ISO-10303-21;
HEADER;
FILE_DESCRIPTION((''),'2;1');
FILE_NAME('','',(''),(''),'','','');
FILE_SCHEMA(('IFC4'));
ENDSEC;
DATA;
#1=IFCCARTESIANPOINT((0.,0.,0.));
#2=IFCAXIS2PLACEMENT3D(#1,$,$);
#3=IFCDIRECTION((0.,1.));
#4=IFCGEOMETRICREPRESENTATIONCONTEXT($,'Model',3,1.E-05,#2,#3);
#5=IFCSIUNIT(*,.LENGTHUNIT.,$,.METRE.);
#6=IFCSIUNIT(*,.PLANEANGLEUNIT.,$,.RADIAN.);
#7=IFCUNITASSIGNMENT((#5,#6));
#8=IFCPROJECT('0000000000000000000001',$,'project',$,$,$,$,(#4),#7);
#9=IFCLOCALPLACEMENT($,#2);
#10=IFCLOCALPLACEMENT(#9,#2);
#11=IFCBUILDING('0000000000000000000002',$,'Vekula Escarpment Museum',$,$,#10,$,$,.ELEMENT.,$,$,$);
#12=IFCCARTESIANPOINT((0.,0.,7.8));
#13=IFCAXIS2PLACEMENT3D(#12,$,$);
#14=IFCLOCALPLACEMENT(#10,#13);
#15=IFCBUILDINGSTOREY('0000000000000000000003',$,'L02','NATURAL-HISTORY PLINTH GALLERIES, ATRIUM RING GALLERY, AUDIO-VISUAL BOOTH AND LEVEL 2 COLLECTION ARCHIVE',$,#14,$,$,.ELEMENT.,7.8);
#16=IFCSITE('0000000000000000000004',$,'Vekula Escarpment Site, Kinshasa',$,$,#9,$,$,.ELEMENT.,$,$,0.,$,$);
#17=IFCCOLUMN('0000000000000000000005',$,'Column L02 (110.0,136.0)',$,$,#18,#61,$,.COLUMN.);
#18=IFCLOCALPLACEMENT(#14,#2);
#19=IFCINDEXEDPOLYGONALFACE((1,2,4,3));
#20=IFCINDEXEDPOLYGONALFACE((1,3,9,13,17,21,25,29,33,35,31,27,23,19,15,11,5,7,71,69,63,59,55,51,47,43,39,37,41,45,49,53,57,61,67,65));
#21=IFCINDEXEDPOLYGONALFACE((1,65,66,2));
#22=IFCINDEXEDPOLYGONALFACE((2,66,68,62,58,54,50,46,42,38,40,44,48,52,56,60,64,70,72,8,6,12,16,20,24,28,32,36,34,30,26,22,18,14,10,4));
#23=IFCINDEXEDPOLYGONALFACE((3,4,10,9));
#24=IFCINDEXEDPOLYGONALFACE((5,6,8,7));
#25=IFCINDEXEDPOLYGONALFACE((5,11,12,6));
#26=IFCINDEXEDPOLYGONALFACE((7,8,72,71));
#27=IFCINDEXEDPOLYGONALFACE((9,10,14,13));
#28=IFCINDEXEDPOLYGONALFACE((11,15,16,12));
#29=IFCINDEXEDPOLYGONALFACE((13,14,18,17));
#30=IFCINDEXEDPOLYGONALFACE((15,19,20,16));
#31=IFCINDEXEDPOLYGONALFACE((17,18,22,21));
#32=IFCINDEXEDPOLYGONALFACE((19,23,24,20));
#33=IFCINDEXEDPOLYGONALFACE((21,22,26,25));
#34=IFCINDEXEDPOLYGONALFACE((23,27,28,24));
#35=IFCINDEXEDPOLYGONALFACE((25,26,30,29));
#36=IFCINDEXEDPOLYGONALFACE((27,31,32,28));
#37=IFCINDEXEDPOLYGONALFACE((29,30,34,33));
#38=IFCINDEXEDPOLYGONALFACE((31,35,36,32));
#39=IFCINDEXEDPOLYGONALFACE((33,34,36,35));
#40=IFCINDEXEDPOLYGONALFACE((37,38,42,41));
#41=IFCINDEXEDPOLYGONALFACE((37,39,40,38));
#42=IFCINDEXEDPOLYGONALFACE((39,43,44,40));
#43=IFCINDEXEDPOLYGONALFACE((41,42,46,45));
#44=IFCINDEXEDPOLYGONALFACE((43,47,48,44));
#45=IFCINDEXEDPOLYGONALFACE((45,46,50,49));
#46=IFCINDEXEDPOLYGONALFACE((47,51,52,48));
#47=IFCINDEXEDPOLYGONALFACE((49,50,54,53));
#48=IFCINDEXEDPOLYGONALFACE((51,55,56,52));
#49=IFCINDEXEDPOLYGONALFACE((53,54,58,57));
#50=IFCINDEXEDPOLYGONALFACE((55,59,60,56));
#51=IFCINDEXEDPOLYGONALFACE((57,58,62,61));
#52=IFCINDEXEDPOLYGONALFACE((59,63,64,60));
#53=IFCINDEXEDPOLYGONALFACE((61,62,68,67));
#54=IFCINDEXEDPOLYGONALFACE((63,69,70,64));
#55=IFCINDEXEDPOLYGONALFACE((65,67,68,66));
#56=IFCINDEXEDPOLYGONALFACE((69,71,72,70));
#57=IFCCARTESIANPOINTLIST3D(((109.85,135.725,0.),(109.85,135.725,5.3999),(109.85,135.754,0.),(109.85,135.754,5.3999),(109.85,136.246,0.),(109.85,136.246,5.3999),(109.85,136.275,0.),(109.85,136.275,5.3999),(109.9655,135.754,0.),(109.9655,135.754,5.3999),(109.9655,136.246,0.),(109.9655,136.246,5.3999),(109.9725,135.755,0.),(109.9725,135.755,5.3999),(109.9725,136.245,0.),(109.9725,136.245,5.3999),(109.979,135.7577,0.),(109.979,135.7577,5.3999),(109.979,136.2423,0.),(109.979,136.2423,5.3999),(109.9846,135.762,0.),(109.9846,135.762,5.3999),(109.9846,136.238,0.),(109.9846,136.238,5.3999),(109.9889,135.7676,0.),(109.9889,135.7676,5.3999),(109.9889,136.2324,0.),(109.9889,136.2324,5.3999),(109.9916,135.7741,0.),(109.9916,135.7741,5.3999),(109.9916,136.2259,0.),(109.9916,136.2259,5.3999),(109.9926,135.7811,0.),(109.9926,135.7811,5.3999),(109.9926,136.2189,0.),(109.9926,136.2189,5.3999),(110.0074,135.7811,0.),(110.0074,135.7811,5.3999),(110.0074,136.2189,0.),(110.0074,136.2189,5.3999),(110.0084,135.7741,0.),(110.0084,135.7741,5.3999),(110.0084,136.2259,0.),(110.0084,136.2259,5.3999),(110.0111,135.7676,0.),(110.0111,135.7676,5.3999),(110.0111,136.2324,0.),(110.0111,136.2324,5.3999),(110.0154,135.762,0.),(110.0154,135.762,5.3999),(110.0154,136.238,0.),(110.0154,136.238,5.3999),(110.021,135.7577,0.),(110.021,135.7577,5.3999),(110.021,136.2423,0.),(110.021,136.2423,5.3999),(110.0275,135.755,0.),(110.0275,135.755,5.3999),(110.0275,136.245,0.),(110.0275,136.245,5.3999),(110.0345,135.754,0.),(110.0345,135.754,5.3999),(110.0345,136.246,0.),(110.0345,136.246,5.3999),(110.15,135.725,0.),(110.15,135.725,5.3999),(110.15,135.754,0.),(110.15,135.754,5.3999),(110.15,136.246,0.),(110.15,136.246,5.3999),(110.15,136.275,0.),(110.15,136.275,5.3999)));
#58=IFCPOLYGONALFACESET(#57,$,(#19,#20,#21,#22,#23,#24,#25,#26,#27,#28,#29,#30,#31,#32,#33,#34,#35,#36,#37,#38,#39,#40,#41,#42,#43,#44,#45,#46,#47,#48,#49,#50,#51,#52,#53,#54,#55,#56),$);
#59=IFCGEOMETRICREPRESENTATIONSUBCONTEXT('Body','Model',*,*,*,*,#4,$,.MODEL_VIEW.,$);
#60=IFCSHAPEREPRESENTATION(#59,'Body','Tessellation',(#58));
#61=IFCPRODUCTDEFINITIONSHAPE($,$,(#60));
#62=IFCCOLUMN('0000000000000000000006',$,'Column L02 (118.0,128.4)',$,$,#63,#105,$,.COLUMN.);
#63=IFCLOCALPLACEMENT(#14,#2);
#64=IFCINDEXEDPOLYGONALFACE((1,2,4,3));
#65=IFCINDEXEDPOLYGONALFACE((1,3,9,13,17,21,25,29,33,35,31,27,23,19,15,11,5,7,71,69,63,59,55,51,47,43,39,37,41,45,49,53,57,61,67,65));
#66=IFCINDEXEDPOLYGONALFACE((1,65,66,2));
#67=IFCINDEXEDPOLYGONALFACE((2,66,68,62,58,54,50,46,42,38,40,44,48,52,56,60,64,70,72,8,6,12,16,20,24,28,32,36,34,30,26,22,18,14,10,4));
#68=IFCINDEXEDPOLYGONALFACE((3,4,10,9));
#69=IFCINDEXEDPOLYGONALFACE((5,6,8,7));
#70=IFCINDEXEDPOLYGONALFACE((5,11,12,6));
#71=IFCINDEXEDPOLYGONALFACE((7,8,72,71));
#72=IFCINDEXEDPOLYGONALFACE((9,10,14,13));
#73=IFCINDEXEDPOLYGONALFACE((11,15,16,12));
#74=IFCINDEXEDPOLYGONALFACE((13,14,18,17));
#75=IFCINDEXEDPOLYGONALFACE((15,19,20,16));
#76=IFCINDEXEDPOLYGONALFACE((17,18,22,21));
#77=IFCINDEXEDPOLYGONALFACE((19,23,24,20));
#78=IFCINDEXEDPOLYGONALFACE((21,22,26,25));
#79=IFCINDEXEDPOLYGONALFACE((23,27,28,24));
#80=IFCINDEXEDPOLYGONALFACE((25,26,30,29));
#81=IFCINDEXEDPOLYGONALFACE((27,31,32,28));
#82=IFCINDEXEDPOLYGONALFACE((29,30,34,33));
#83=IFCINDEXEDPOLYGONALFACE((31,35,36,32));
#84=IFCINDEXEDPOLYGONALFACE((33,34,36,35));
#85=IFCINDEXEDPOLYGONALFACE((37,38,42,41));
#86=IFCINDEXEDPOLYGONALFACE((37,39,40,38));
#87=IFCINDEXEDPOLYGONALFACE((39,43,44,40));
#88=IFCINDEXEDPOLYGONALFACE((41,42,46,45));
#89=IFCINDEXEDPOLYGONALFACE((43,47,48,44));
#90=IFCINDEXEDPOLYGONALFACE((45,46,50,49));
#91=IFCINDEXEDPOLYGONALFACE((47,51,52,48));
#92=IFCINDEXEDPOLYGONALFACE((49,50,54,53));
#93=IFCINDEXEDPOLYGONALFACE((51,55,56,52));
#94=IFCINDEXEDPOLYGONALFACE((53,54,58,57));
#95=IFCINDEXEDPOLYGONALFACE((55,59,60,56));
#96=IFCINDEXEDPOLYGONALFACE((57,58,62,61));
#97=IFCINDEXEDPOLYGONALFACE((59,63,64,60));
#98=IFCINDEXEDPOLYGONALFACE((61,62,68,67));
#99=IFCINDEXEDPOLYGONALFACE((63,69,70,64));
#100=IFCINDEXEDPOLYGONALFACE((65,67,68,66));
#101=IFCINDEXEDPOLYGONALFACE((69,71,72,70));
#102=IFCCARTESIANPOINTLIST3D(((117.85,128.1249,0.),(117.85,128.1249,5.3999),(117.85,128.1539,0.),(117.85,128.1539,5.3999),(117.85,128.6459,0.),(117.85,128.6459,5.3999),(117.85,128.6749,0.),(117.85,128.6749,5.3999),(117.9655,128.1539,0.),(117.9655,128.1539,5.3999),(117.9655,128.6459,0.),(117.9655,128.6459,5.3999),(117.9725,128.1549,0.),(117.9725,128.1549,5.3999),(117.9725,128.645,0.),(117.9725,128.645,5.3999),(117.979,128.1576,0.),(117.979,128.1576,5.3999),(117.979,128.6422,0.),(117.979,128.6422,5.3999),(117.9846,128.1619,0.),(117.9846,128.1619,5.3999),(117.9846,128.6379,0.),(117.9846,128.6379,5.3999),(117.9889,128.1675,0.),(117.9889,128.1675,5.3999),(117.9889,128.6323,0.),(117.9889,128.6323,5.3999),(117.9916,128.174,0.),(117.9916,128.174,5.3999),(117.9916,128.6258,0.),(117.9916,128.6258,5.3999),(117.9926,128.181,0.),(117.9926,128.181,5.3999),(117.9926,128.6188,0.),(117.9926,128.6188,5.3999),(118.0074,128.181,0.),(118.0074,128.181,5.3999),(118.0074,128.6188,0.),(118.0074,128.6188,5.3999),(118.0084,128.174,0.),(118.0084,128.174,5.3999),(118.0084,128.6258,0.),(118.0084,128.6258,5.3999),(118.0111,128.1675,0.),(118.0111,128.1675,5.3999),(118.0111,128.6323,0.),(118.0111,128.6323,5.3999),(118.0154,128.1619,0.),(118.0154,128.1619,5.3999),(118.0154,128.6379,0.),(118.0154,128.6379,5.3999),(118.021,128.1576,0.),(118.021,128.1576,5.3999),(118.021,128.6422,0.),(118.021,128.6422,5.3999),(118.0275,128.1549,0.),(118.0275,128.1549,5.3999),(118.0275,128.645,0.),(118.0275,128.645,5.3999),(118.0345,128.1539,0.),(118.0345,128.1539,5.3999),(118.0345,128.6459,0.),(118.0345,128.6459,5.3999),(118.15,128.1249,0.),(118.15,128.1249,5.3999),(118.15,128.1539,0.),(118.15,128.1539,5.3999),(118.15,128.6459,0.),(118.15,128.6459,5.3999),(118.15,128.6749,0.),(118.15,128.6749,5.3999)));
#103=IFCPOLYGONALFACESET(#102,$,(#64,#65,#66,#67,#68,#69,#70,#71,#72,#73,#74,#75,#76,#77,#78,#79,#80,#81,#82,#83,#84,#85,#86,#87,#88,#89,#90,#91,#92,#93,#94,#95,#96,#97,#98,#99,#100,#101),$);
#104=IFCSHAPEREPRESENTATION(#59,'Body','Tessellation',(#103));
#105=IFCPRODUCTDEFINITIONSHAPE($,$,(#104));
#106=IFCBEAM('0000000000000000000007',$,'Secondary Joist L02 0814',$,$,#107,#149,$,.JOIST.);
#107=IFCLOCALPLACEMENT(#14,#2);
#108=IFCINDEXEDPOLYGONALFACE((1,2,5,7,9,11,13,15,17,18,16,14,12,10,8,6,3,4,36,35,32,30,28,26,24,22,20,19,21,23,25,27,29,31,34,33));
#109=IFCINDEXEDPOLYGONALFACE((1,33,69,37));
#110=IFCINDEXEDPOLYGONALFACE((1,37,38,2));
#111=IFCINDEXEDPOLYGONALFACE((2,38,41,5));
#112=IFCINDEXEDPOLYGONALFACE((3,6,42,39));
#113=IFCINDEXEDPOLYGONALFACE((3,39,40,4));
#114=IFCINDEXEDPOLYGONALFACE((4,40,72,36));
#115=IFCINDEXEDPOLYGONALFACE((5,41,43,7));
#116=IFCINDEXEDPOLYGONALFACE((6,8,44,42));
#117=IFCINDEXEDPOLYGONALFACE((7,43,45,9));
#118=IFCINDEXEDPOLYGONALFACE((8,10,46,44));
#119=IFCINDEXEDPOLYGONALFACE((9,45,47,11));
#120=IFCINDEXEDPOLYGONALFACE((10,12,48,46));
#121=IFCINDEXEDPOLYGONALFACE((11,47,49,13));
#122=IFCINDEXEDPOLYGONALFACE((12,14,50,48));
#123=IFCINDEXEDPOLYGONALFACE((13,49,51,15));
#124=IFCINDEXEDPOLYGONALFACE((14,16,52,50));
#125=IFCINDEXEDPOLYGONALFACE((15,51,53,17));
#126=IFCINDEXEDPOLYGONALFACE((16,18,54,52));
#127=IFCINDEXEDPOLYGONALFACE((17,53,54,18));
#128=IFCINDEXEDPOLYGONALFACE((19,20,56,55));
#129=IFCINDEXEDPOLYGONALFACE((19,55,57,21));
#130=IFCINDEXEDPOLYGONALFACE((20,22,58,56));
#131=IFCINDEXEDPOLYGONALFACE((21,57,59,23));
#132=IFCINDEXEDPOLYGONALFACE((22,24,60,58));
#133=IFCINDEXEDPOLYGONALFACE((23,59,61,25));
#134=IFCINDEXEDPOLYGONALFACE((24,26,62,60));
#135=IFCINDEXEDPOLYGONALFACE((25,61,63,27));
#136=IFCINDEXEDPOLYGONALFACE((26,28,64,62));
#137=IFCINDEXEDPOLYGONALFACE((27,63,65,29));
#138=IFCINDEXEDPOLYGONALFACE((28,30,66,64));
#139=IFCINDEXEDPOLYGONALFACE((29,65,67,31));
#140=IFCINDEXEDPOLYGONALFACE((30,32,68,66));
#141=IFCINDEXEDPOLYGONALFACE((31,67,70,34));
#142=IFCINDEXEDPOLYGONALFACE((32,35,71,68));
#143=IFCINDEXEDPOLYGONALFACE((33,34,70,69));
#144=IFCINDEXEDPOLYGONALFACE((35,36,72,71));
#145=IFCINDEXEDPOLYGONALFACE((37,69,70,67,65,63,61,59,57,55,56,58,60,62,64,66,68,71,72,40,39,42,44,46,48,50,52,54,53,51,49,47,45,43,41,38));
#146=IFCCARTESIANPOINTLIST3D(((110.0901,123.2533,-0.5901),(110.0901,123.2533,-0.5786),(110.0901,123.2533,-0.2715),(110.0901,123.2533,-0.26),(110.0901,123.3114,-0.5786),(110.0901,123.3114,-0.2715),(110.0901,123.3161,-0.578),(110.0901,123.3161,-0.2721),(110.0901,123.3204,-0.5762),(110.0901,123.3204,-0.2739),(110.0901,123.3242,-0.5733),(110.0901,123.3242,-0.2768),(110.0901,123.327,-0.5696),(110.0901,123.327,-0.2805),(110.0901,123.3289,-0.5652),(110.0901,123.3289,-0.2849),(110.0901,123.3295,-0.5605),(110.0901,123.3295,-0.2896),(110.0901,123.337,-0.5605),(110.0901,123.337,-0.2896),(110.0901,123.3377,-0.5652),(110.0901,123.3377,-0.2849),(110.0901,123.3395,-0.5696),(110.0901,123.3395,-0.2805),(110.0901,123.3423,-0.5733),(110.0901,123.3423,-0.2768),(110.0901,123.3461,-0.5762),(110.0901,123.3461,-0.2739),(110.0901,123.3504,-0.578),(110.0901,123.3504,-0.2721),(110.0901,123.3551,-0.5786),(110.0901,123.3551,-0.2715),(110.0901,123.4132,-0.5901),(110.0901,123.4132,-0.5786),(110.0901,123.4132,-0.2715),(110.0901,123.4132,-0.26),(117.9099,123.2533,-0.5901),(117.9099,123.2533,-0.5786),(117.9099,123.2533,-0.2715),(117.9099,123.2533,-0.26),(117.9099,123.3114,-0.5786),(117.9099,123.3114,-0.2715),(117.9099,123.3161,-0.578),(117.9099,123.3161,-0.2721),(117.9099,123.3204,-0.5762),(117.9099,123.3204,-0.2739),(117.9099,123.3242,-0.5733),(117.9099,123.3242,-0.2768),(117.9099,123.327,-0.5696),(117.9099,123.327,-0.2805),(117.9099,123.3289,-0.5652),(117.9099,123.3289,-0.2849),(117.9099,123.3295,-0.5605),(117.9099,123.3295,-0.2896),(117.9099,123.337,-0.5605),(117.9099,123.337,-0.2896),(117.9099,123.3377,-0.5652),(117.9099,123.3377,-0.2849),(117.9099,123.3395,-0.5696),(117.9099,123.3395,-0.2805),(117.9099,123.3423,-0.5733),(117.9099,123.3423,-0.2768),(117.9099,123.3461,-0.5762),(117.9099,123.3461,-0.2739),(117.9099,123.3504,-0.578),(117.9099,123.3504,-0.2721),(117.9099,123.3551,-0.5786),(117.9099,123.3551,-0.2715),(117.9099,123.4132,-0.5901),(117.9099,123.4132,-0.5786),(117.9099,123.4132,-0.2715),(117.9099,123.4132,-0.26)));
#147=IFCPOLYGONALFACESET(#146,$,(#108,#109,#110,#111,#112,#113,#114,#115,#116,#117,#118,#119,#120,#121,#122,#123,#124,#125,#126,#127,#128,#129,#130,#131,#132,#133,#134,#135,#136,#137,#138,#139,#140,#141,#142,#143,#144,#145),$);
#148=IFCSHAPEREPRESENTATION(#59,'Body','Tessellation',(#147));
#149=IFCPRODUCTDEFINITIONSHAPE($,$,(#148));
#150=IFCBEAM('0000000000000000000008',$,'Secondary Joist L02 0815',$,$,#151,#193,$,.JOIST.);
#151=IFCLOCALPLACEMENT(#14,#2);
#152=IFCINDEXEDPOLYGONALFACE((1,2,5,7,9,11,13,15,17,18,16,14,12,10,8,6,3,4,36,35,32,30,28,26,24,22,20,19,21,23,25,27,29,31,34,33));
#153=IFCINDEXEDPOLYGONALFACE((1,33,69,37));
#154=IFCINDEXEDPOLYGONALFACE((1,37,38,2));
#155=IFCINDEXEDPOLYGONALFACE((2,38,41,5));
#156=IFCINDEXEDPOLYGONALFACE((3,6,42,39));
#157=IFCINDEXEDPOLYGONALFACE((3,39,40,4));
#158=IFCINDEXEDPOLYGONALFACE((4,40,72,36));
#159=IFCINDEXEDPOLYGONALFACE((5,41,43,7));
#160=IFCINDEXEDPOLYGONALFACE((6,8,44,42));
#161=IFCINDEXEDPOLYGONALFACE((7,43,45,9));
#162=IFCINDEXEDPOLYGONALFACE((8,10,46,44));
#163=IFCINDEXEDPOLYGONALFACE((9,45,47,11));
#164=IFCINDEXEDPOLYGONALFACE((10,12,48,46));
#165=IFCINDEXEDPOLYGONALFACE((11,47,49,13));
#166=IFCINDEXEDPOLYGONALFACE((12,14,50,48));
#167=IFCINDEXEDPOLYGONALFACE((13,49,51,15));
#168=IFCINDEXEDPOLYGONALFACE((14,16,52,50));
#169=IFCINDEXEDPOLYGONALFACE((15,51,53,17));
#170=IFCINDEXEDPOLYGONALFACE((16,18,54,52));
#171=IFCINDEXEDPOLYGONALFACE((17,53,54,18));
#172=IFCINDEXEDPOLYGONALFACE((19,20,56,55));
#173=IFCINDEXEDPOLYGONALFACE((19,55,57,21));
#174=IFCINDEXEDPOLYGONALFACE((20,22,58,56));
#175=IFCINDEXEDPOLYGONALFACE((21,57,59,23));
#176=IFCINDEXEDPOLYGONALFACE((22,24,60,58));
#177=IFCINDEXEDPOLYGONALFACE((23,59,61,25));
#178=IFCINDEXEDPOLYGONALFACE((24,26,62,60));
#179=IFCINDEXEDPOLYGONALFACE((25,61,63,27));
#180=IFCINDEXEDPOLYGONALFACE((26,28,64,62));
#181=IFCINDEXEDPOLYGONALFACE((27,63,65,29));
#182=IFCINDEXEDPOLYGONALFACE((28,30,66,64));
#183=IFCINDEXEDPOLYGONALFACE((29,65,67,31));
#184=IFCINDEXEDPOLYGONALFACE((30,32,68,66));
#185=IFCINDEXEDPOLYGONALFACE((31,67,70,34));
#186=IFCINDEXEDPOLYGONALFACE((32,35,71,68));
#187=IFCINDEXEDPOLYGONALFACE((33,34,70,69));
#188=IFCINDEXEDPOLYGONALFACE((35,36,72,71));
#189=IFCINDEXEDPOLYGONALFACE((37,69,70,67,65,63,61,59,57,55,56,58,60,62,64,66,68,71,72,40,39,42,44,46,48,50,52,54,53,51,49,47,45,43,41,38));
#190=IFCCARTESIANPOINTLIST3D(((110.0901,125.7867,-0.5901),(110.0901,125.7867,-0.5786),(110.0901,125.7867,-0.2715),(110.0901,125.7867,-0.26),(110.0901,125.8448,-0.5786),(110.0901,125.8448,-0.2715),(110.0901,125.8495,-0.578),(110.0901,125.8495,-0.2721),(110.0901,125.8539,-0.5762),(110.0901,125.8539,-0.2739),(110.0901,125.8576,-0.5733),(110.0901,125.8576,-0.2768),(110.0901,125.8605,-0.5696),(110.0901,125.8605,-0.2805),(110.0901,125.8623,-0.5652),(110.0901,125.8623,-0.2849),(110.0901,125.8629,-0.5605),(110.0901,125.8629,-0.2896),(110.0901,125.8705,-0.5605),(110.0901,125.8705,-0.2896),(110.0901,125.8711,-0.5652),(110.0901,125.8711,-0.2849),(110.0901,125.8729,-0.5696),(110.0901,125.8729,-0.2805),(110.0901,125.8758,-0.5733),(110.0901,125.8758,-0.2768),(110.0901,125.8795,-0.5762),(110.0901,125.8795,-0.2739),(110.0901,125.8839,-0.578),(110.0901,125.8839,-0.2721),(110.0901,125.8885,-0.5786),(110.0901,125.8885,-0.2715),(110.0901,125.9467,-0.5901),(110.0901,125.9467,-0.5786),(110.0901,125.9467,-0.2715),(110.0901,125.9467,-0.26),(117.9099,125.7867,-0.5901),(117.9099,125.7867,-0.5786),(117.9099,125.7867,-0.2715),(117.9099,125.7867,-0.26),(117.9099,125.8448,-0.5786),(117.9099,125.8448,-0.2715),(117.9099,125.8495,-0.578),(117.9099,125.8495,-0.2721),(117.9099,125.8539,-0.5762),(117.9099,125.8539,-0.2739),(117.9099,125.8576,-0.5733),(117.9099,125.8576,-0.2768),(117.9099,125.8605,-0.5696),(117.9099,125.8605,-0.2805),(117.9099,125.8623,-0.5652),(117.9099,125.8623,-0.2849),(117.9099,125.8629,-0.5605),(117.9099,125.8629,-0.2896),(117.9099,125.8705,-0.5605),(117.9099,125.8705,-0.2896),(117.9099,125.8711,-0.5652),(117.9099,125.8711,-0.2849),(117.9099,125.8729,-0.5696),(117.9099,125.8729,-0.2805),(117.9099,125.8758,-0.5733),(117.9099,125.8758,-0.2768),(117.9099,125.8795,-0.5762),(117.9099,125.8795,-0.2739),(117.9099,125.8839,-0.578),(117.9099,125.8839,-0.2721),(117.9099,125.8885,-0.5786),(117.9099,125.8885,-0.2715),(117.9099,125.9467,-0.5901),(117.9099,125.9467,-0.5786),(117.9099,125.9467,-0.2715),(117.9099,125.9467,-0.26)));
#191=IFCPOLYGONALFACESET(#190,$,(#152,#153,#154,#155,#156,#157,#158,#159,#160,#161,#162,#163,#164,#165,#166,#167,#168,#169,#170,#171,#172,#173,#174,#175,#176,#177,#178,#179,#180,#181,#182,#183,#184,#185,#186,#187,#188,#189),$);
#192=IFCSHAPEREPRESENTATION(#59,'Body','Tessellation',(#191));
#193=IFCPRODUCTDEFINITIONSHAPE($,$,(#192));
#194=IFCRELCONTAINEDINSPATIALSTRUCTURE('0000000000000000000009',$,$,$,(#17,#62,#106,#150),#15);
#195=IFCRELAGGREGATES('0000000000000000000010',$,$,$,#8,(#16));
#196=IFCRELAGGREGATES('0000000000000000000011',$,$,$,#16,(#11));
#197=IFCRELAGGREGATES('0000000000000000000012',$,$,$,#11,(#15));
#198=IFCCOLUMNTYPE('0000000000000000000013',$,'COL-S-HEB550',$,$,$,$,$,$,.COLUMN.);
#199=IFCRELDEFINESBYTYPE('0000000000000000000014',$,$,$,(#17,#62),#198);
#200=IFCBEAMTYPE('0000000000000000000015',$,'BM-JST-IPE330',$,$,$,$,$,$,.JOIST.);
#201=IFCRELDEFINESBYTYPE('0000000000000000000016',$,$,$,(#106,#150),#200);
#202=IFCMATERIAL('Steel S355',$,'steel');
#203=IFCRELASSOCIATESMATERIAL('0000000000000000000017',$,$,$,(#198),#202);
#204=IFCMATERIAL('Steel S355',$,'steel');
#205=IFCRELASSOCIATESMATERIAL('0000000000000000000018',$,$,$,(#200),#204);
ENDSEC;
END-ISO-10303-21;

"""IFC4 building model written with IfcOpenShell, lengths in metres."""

from ifc_helpers import new_model, si_unit, direction, frame, origin, origin_2d, place, context, subcontext, project, spatial, i_section, extrude, material, material_profile, profile_set, type_object, element, save


model = new_model("IFC4")

# Units and contexts
model_context = context("Model", 3, precision=1e-05, world=origin(), true_north=direction((0.0, 1.0)))
body_context = subcontext(model_context, "Body", "Model", "MODEL_VIEW")
ifc_project = project(units=[si_unit("LENGTHUNIT", "METRE"), si_unit("PLANEANGLEUNIT", "RADIAN")], contexts=[model_context])

# Site, building, storey
site_placement = place(None, origin())
site = spatial("IfcSite", under=ifc_project, at=site_placement, Name="Vekula Escarpment Site, Kinshasa", CompositionType="ELEMENT", RefElevation=0.0)
building_placement = place(site_placement, origin())
building = spatial("IfcBuilding", under=site, at=building_placement, Name="Vekula Escarpment Museum", CompositionType="ELEMENT")
storey_placement = place(building_placement, frame((0.0, 0.0, 7.8)))
storey = spatial("IfcBuildingStorey", under=building, at=storey_placement, Name="L02", Description="NATURAL-HISTORY PLINTH GALLERIES, ATRIUM RING GALLERY, AUDIO-VISUAL BOOTH AND LEVEL 2 COLLECTION ARCHIVE", CompositionType="ELEMENT", Elevation=7.8)

# Columns
ifc_material_1 = material(Name="Steel S355", Category="steel")
ifc_material_profile_1 = material_profile(ifc_material_1, i_section(OverallWidth=0.3, OverallDepth=0.55, WebThickness=0.0149, FlangeThickness=0.0291, FilletRadius=0.0271, at=origin_2d()), Name="HEB 550")
ifc_profile_set_1 = profile_set([ifc_material_profile_1], Name="Steel S355")
column_type = type_object("IfcColumnType", Name="COL-S-HEB550", PredefinedType="COLUMN", material=ifc_profile_set_1)
for number, where, z_axis, x_axis, name in (
    (1, (110.0, 136.0, 0.0), (0.0, 0.0, 1.0), (1.0, 0.0, 0.0), "Column L02 (110.0,136.0)"),
    (2, (118.0, 128.3999, 0.0), (0.0, 0.0, 1.0), (1.0, 0.0, 0.0), "Column L02 (118.0,128.4)"),
):
    element("IfcColumn", number, at=place(storey_placement, frame(where, z_axis=z_axis, x_axis=x_axis)), inside=storey, type_object=column_type, Name=name, PredefinedType="COLUMN", context=body_context, shape_type="SweptSolid", body=[
        extrude(i_section(OverallWidth=0.3, OverallDepth=0.55, WebThickness=0.0149, FlangeThickness=0.0291, FilletRadius=0.0271, at=origin_2d()), origin(), (0.0, 0.0, 1.0), 5.3999),
    ])

# Beams
ifc_material_2 = material(Name="Steel S355", Category="steel")
ifc_material_profile_2 = material_profile(ifc_material_2, i_section(OverallWidth=0.1599, OverallDepth=0.3301, WebThickness=0.0076, FlangeThickness=0.0115, FilletRadius=0.0181, at=origin_2d()), Name="IPE 330")
ifc_profile_set_2 = profile_set([ifc_material_profile_2], Name="Steel S355")
beam_type_1 = type_object("IfcBeamType", Name="BM-JST-IPE330", PredefinedType="JOIST", material=ifc_profile_set_2)
for number, where, z_axis, x_axis, name in (
    (3, (110.0901, 123.3333, -0.425), (1.0, 0.0, 0.0), (0.0, 1.0, 0.0), "Secondary Joist L02 0814"),
    (4, (110.0901, 125.8667, -0.425), (1.0, 0.0, 0.0), (0.0, 1.0, 0.0), "Secondary Joist L02 0815"),
):
    element("IfcBeam", number, at=place(storey_placement, frame(where, z_axis=z_axis, x_axis=x_axis)), inside=storey, type_object=beam_type_1, Name=name, PredefinedType="JOIST", context=body_context, shape_type="SweptSolid", body=[
        extrude(i_section(OverallWidth=0.1599, OverallDepth=0.3301, WebThickness=0.0076, FlangeThickness=0.0115, FilletRadius=0.0181, at=origin_2d()), origin(), (0.0, 0.0, 1.0), 7.8198),
    ])

save(model, "model.ifc")
